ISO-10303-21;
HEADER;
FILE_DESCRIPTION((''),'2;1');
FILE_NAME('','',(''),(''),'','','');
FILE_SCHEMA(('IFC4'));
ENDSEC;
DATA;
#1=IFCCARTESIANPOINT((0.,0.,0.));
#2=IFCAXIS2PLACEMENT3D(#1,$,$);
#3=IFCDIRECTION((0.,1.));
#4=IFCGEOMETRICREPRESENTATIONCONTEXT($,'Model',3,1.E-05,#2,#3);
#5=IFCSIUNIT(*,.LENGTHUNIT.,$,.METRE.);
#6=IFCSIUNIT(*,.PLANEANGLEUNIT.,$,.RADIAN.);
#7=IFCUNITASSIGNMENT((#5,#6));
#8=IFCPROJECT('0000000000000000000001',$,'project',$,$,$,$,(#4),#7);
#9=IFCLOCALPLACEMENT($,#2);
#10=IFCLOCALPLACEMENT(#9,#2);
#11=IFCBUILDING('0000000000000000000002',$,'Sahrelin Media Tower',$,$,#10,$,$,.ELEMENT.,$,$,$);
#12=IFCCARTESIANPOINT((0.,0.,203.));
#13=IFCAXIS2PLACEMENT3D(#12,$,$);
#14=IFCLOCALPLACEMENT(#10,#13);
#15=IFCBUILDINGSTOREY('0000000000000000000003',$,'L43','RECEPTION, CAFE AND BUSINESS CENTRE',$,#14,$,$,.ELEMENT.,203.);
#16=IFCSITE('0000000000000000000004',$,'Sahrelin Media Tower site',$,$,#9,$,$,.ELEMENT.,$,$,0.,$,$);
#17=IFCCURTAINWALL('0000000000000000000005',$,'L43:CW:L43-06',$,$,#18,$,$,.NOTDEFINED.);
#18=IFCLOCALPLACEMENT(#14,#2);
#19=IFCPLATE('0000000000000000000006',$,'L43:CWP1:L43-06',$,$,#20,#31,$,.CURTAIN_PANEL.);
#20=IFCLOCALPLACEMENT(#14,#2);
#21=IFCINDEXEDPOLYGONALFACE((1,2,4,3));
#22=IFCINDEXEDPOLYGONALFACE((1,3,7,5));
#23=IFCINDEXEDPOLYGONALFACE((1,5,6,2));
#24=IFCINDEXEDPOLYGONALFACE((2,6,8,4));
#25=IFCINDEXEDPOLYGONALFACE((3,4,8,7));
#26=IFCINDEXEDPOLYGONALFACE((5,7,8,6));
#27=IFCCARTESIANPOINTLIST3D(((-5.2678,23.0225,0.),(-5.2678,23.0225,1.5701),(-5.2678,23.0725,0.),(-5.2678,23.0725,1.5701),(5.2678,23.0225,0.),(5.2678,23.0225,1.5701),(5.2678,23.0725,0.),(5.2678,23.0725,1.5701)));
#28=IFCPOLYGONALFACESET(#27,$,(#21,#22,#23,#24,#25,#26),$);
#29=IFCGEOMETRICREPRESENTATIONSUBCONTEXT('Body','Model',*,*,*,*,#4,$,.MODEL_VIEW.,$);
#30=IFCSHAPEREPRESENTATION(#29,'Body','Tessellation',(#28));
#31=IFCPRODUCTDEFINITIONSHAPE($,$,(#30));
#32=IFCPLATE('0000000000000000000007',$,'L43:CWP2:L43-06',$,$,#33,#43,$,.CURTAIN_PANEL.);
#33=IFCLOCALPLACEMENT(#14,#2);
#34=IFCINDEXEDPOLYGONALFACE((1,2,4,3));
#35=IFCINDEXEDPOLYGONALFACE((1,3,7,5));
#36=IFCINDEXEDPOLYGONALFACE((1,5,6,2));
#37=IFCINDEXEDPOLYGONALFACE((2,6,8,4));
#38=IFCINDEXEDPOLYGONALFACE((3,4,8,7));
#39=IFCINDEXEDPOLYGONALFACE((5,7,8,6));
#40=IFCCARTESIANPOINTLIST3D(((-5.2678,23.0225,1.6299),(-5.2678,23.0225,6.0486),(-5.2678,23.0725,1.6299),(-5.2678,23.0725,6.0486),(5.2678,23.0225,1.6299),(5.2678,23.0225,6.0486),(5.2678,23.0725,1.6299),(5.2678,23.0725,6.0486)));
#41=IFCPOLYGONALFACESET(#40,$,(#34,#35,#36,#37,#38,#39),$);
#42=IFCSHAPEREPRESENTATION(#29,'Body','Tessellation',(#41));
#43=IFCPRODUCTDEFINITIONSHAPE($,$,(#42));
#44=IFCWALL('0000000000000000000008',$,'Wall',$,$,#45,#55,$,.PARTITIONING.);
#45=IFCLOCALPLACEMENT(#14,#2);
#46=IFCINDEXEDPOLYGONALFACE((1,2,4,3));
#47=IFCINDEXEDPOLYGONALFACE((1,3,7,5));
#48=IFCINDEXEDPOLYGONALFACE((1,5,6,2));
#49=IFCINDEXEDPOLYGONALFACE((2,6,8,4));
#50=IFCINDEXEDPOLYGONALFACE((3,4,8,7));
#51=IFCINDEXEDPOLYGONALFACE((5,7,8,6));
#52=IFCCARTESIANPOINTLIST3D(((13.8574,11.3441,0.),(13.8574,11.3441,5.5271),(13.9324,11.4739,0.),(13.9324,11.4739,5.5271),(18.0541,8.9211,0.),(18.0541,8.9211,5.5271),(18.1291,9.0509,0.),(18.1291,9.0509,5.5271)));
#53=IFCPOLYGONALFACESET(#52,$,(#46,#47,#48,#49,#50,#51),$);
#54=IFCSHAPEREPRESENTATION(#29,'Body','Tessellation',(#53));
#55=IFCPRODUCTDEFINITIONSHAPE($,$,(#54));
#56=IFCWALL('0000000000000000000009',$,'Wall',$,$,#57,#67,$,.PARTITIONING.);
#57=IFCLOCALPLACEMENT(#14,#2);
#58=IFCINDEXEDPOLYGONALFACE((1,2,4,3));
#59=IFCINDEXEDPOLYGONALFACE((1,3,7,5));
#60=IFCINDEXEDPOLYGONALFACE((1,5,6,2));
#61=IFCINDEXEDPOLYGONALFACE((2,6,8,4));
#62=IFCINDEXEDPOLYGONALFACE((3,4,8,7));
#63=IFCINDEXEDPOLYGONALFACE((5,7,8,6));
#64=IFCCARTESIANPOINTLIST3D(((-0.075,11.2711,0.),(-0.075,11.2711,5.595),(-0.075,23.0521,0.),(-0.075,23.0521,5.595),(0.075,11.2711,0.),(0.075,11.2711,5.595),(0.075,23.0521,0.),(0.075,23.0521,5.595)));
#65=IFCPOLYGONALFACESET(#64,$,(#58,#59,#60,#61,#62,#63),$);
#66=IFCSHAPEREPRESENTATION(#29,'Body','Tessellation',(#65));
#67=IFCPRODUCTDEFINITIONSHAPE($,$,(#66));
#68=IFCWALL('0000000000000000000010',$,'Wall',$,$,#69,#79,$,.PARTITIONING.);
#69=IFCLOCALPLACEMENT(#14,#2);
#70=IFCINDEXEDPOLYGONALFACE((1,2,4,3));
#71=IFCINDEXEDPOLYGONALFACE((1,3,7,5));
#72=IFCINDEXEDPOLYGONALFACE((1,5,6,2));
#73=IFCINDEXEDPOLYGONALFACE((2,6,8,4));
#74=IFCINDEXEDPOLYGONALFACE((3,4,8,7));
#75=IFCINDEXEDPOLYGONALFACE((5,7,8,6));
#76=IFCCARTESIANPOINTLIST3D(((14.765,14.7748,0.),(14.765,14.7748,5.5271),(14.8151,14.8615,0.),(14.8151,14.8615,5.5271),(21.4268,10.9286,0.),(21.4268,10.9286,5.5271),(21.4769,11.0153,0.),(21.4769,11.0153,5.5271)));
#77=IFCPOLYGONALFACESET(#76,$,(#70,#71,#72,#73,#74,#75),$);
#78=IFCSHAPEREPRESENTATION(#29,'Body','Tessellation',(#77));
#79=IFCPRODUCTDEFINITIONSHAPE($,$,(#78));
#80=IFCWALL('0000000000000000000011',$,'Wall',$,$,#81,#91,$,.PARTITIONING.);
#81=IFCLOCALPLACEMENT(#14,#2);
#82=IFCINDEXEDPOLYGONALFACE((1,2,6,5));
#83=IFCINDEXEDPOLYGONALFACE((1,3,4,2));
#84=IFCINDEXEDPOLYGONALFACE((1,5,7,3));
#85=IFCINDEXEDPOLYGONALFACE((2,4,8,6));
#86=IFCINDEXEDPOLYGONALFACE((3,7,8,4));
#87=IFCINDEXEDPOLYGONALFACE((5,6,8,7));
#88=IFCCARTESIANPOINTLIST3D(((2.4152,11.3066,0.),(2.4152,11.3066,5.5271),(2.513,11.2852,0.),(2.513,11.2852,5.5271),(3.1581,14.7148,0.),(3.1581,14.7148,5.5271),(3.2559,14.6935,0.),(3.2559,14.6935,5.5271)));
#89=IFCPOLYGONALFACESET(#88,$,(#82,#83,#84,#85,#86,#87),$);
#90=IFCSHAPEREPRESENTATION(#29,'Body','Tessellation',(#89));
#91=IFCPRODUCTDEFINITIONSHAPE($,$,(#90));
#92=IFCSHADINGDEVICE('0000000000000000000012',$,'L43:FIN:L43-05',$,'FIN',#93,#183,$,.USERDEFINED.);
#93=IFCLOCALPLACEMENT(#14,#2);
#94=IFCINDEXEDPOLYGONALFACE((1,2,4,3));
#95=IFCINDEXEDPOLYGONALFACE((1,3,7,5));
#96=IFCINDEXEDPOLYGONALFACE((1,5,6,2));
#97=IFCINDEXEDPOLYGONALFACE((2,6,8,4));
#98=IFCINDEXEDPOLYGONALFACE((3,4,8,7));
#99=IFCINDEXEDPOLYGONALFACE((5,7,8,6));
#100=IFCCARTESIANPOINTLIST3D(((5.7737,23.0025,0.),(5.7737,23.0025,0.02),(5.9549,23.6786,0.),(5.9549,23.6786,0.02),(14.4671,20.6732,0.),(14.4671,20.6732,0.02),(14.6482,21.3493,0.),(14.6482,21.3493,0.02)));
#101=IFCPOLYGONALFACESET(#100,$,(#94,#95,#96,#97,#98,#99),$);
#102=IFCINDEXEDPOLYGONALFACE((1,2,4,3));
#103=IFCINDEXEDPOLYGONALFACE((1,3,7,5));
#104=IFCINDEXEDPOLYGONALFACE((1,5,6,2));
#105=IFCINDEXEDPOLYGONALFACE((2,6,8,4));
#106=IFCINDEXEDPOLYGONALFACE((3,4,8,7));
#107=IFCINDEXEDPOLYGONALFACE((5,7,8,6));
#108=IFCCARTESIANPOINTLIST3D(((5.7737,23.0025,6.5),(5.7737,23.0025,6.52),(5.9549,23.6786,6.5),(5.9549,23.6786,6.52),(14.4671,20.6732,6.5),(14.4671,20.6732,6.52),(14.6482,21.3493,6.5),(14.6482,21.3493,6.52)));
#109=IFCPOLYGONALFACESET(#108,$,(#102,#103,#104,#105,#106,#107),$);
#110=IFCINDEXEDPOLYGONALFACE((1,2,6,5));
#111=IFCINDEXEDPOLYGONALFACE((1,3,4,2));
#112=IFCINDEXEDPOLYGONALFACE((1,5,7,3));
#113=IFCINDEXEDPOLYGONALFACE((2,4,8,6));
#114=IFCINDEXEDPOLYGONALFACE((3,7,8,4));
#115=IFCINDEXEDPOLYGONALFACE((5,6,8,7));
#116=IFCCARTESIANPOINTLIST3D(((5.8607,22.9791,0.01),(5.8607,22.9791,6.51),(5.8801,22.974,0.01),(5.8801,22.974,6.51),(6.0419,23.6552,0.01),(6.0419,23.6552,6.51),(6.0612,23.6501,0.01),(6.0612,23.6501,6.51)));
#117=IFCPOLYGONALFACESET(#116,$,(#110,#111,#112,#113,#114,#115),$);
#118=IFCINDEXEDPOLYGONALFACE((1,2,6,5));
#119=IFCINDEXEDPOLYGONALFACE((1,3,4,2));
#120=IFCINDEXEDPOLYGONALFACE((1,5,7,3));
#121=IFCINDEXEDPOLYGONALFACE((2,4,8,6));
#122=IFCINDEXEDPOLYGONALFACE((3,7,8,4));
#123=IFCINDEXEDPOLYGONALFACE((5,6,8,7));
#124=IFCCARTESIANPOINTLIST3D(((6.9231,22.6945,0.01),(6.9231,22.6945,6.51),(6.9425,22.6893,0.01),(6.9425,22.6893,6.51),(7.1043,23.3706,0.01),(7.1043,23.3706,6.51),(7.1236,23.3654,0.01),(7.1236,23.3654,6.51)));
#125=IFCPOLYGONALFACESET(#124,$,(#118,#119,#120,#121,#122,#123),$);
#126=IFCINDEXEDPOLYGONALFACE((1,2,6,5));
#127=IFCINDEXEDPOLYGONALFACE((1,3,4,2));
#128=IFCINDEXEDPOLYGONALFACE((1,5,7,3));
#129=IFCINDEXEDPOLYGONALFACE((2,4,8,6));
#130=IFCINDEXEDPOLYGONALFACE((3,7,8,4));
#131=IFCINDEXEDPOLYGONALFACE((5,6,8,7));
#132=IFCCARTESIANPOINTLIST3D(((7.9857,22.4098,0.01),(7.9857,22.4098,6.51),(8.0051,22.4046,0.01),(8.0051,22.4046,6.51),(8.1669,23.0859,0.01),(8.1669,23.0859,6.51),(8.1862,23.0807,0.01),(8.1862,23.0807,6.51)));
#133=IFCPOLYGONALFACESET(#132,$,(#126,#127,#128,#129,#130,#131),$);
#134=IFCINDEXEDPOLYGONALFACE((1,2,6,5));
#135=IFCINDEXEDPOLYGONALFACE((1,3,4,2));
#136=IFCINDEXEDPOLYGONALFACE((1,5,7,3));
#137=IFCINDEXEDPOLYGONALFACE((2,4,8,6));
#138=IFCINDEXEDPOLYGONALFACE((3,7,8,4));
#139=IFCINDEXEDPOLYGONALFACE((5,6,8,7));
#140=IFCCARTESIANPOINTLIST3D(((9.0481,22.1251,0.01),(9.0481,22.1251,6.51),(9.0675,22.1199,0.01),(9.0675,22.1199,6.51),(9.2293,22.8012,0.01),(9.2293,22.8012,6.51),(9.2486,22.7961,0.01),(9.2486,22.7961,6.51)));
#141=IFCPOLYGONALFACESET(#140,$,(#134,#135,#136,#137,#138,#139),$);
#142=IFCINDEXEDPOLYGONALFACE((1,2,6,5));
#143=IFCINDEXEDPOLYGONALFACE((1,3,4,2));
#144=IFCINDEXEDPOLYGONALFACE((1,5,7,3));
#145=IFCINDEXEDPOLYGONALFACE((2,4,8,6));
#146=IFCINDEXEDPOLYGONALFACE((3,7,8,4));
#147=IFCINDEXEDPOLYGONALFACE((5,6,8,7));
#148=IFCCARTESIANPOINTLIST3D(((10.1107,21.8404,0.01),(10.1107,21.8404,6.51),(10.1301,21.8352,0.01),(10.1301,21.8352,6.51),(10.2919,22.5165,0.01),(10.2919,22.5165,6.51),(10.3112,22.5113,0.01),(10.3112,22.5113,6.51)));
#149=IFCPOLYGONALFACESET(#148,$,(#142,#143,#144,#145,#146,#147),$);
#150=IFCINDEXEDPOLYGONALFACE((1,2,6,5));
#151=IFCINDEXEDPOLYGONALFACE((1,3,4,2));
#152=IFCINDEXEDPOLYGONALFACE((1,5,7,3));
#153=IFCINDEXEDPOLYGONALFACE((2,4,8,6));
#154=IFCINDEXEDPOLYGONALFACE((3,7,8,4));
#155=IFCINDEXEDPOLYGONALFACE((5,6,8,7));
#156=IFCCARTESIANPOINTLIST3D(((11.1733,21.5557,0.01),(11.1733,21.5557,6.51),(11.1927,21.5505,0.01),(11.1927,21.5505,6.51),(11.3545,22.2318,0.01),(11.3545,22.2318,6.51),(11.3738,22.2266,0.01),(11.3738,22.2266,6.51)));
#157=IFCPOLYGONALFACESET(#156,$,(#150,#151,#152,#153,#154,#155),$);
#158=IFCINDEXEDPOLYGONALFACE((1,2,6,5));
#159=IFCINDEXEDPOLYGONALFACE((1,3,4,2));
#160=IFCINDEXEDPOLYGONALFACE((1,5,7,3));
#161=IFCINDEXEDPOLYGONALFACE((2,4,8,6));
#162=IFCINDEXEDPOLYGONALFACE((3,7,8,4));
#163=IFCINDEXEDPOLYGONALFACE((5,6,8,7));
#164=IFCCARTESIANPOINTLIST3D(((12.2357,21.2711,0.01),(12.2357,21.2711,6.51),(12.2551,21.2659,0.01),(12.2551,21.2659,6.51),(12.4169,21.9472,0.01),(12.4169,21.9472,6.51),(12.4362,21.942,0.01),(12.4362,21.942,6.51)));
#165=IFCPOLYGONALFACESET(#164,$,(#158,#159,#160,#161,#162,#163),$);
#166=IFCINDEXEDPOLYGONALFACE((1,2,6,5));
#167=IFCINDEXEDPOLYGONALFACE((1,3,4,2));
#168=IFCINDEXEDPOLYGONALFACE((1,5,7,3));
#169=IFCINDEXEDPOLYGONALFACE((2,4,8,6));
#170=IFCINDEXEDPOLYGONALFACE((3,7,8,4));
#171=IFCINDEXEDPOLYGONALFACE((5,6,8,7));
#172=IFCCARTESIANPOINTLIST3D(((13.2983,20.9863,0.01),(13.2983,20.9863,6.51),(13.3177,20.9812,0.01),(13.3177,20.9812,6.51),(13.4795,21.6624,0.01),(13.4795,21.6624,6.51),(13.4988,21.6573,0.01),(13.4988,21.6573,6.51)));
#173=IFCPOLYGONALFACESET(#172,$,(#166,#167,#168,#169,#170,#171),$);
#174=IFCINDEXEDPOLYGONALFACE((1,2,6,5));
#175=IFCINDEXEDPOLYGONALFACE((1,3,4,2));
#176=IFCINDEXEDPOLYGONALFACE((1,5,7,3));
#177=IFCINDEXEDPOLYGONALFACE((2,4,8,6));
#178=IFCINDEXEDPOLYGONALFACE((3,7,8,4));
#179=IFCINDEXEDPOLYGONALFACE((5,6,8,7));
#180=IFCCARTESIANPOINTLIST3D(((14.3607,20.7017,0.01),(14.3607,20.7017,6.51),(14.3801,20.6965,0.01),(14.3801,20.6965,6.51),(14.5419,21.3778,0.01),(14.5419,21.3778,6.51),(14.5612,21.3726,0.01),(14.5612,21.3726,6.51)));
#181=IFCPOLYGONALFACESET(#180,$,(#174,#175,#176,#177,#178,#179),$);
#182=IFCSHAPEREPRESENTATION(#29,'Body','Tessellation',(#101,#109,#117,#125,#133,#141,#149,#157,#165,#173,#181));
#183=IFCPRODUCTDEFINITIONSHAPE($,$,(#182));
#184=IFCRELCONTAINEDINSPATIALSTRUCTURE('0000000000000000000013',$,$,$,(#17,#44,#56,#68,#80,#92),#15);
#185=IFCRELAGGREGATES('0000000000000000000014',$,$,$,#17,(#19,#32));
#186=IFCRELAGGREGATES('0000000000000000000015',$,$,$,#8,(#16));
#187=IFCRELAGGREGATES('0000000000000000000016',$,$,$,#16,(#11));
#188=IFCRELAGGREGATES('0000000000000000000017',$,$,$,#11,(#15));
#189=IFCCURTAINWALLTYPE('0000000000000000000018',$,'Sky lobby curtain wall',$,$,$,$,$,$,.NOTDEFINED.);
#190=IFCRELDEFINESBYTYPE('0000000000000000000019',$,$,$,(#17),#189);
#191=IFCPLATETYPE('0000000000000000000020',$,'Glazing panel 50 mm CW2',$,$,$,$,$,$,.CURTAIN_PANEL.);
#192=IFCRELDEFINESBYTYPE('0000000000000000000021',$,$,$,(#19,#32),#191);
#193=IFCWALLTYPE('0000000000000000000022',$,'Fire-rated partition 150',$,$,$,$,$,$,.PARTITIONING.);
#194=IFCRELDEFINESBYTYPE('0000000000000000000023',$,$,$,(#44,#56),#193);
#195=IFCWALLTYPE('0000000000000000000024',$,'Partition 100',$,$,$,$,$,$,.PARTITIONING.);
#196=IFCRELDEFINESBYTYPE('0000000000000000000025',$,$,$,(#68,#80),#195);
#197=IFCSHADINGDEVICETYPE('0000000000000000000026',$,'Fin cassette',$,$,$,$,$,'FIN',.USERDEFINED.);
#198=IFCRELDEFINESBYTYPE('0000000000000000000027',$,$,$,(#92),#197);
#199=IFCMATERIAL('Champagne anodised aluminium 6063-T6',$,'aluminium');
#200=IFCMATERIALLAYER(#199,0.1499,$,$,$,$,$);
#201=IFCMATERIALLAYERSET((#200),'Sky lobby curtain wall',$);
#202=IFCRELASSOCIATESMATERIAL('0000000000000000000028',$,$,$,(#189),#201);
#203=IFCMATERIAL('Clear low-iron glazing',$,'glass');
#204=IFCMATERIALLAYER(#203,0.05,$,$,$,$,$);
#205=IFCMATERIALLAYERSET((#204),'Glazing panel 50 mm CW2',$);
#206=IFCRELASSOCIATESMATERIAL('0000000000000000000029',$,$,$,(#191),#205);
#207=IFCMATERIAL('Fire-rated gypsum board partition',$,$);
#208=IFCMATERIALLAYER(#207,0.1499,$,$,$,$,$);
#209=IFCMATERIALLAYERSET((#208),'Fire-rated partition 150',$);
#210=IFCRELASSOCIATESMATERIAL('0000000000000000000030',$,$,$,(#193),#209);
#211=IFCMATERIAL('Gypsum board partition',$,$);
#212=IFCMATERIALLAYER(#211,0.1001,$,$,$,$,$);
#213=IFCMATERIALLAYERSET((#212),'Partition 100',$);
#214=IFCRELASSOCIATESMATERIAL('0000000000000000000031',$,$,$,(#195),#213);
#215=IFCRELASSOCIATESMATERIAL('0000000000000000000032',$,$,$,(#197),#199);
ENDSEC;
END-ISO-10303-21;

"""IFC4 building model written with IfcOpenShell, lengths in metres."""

from ifc_helpers import new_model, si_unit, direction, frame, frame_2d, origin, origin_2d, place, context, subcontext, project, spatial, polyline, rectangle, outline, extrude, material, layer, layer_set, type_object, element, aggregate, save


model = new_model("IFC4")

# Units and contexts
model_context = context("Model", 3, precision=1e-05, world=origin(), true_north=direction((0.0, 1.0)))
body_context = subcontext(model_context, "Body", "Model", "MODEL_VIEW")
ifc_project = project(units=[si_unit("LENGTHUNIT", "METRE"), si_unit("PLANEANGLEUNIT", "RADIAN")], contexts=[model_context])

# Site, building, storey
site_placement = place(None, origin())
site = spatial("IfcSite", under=ifc_project, at=site_placement, Name="Sahrelin Media Tower site", CompositionType="ELEMENT", RefElevation=0.0)
building_placement = place(site_placement, origin())
building = spatial("IfcBuilding", under=site, at=building_placement, Name="Sahrelin Media Tower", CompositionType="ELEMENT")
storey_placement = place(building_placement, frame((0.0, 0.0, 203.0)))
storey = spatial("IfcBuildingStorey", under=building, at=storey_placement, Name="L43", Description="RECEPTION, CAFE AND BUSINESS CENTRE", CompositionType="ELEMENT", Elevation=203.0)

# Shared definitions
ifc_material_1 = material(Name="Champagne anodised aluminium 6063-T6", Category="aluminium")
ifc_layer_1 = layer(ifc_material_1, 0.1499)
ifc_layer_set_1 = layer_set([ifc_layer_1], Name="Sky lobby curtain wall")
curtain_wall_type = type_object("IfcCurtainWallType", Name="Sky lobby curtain wall", PredefinedType="NOTDEFINED", material=ifc_layer_set_1)

# Curtain wall
curtain_wall_1_placement = place(storey_placement, frame((0.0, 23.0525, 0.0), z_axis=(0.0, 0.0, 1.0), x_axis=(1.0, 0.0, 0.0)))
curtain_wall_1 = element("IfcCurtainWall", 1, at=curtain_wall_1_placement, inside=storey, type_object=curtain_wall_type, Name="L43:CW:L43-06", PredefinedType="NOTDEFINED")

# Plates
ifc_material_2 = material(Name="Clear low-iron glazing", Category="glass")
ifc_layer_2 = layer(ifc_material_2, 0.05)
ifc_layer_set_2 = layer_set([ifc_layer_2], Name="Glazing panel 50 mm CW2")
plate_type = type_object("IfcPlateType", Name="Glazing panel 50 mm CW2", PredefinedType="CURTAIN_PANEL", material=ifc_layer_set_2)
plate_1_placement = place(storey_placement, frame((5.2678, 23.0725, 0.0), z_axis=(0.0, 1.0, 0.0), x_axis=(-1.0, 0.0, 0.0)))
plate_1 = element("IfcPlate", 2, at=plate_1_placement, type_object=plate_type, Name="L43:CWP1:L43-06", PredefinedType="CURTAIN_PANEL", context=body_context, shape_type="SweptSolid", body=[
    extrude(outline(polyline([(0.0, 0.0), (10.5356, 0.0), (10.5356, 1.5701), (0.0, 1.5701), (0.0, 0.0)])), origin(), (0.0, 0.0, -1.0), 0.05),
])
plate_2_placement = place(storey_placement, frame((5.2678, 23.0725, 1.6299), z_axis=(0.0, 1.0, 0.0), x_axis=(-1.0, 0.0, 0.0)))
plate_2 = element("IfcPlate", 3, at=plate_2_placement, type_object=plate_type, Name="L43:CWP2:L43-06", PredefinedType="CURTAIN_PANEL", context=body_context, shape_type="SweptSolid", body=[
    extrude(outline(polyline([(0.0, 0.0), (10.5356, 0.0), (10.5356, 4.4187), (0.0, 4.4187), (0.0, 0.0)])), origin(), (0.0, 0.0, -1.0), 0.05),
])
aggregate(curtain_wall_1, [plate_1, plate_2])

# Walls
ifc_material_3 = material(Name="Fire-rated gypsum board partition")
ifc_layer_3 = layer(ifc_material_3, 0.1499)
ifc_layer_set_3 = layer_set([ifc_layer_3], Name="Fire-rated partition 150")
wall_type_1 = type_object("IfcWallType", Name="Fire-rated partition 150", PredefinedType="PARTITIONING", material=ifc_layer_set_3)
wall_1_placement = place(storey_placement, frame((13.895, 11.4089, 0.0), z_axis=(0.0, 0.0, 1.0), x_axis=(0.866018, -0.500013, 0.0)))
element("IfcWall", 4, at=wall_1_placement, inside=storey, type_object=wall_type_1, Name="Wall", PredefinedType="PARTITIONING", context=body_context, shape_type="SweptSolid", body=[
    extrude(rectangle(XDim=4.8459, YDim=0.1499, at=frame_2d((2.4229, 0.0))), origin(), (0.0, 0.0, 1.0), 5.5271),
])
wall_2_placement = place(storey_placement, frame((0.0, 11.271, 0.0), z_axis=(0.0, 0.0, 1.0), x_axis=(0.0, 1.0, 0.0)))
element("IfcWall", 5, at=wall_2_placement, inside=storey, type_object=wall_type_1, Name="Wall", PredefinedType="PARTITIONING", context=body_context, shape_type="SweptSolid", body=[
    extrude(rectangle(XDim=11.781, YDim=0.1499, at=frame_2d((5.8906, 0.0))), origin(), (0.0, 0.0, 1.0), 5.595),
])
ifc_material_4 = material(Name="Gypsum board partition")
ifc_layer_4 = layer(ifc_material_4, 0.1001)
ifc_layer_set_4 = layer_set([ifc_layer_4], Name="Partition 100")
wall_type_2 = type_object("IfcWallType", Name="Partition 100", PredefinedType="PARTITIONING", material=ifc_layer_set_4)
wall_3_placement = place(storey_placement, frame((14.79, 14.8181, 0.0), z_axis=(0.0, 0.0, 1.0), x_axis=(0.866028, -0.499996, 0.0)))
element("IfcWall", 6, at=wall_3_placement, inside=storey, type_object=wall_type_2, Name="Wall", PredefinedType="PARTITIONING", context=body_context, shape_type="SweptSolid", body=[
    extrude(rectangle(XDim=7.6924, YDim=0.1001, at=frame_2d((3.8462, 0.0))), origin(), (0.0, 0.0, 1.0), 5.5271),
])
wall_4_placement = place(storey_placement, frame((2.4641, 11.2959, 0.0), z_axis=(0.0, 0.0, 1.0), x_axis=(0.212979, 0.977057, 0.0)))
element("IfcWall", 7, at=wall_4_placement, inside=storey, type_object=wall_type_2, Name="Wall", PredefinedType="PARTITIONING", context=body_context, shape_type="SweptSolid", body=[
    extrude(rectangle(XDim=3.4883, YDim=0.1001, at=frame_2d((1.7441, 0.0))), origin(), (0.0, 0.0, 1.0), 5.5271),
])

# Shading device
shading_device_type_1 = type_object("IfcShadingDeviceType", Name="Fin cassette", ElementType="FIN", PredefinedType="USERDEFINED", material=ifc_material_1)
placement = place(storey_placement, frame((10.1023, 21.7703, 0.0), z_axis=(0.0, 0.0, 1.0), x_axis=(0.965929, -0.258808, 0.0)))
element("IfcShadingDevice", 8, at=placement, inside=storey, type_object=shading_device_type_1, Name="L43:FIN:L43-05", ObjectType="FIN", PredefinedType="USERDEFINED", context=body_context, shape_type="SweptSolid", body=[
    extrude(rectangle(XDim=9.0, YDim=0.7, at=origin_2d()), frame((0.0, 0.4199, 0.0)), (0.0, 0.0, 1.0), 0.02),
    extrude(rectangle(XDim=9.0, YDim=0.7, at=origin_2d()), frame((0.0, 0.4199, 6.5)), (0.0, 0.0, 1.0), 0.02),
    extrude(rectangle(XDim=0.02, YDim=0.7, at=origin_2d()), frame((-4.3999, 0.4199, 0.01), z_axis=(0.0, 0.0, 1.0), x_axis=(1.0, 0.0, 0.0)), (0.0, 0.0, 1.0), 6.5),
    extrude(rectangle(XDim=0.02, YDim=0.7, at=origin_2d()), frame((-3.3, 0.4199, 0.01), z_axis=(0.0, 0.0, 1.0), x_axis=(1.0, 0.0, 0.0)), (0.0, 0.0, 1.0), 6.5),
    extrude(rectangle(XDim=0.02, YDim=0.7, at=origin_2d()), frame((-2.2, 0.4199, 0.01), z_axis=(0.0, 0.0, 1.0), x_axis=(1.0, 0.0, 0.0)), (0.0, 0.0, 1.0), 6.5),
    extrude(rectangle(XDim=0.02, YDim=0.7, at=origin_2d()), frame((-1.1001, 0.4199, 0.01), z_axis=(0.0, 0.0, 1.0), x_axis=(1.0, 0.0, 0.0)), (0.0, 0.0, 1.0), 6.5),
    extrude(rectangle(XDim=0.02, YDim=0.7, at=origin_2d()), frame((0.0, 0.4199, 0.01), z_axis=(0.0, 0.0, 1.0), x_axis=(1.0, 0.0, 0.0)), (0.0, 0.0, 1.0), 6.5),
    extrude(rectangle(XDim=0.02, YDim=0.7, at=origin_2d()), frame((1.1001, 0.4199, 0.01), z_axis=(0.0, 0.0, 1.0), x_axis=(1.0, 0.0, 0.0)), (0.0, 0.0, 1.0), 6.5),
    extrude(rectangle(XDim=0.02, YDim=0.7, at=origin_2d()), frame((2.2, 0.4199, 0.01), z_axis=(0.0, 0.0, 1.0), x_axis=(1.0, 0.0, 0.0)), (0.0, 0.0, 1.0), 6.5),
    extrude(rectangle(XDim=0.02, YDim=0.7, at=origin_2d()), frame((3.3, 0.4199, 0.01), z_axis=(0.0, 0.0, 1.0), x_axis=(1.0, 0.0, 0.0)), (0.0, 0.0, 1.0), 6.5),
    extrude(rectangle(XDim=0.02, YDim=0.7, at=origin_2d()), frame((4.3999, 0.4199, 0.01), z_axis=(0.0, 0.0, 1.0), x_axis=(1.0, 0.0, 0.0)), (0.0, 0.0, 1.0), 6.5),
])

save(model, "model.ifc")
